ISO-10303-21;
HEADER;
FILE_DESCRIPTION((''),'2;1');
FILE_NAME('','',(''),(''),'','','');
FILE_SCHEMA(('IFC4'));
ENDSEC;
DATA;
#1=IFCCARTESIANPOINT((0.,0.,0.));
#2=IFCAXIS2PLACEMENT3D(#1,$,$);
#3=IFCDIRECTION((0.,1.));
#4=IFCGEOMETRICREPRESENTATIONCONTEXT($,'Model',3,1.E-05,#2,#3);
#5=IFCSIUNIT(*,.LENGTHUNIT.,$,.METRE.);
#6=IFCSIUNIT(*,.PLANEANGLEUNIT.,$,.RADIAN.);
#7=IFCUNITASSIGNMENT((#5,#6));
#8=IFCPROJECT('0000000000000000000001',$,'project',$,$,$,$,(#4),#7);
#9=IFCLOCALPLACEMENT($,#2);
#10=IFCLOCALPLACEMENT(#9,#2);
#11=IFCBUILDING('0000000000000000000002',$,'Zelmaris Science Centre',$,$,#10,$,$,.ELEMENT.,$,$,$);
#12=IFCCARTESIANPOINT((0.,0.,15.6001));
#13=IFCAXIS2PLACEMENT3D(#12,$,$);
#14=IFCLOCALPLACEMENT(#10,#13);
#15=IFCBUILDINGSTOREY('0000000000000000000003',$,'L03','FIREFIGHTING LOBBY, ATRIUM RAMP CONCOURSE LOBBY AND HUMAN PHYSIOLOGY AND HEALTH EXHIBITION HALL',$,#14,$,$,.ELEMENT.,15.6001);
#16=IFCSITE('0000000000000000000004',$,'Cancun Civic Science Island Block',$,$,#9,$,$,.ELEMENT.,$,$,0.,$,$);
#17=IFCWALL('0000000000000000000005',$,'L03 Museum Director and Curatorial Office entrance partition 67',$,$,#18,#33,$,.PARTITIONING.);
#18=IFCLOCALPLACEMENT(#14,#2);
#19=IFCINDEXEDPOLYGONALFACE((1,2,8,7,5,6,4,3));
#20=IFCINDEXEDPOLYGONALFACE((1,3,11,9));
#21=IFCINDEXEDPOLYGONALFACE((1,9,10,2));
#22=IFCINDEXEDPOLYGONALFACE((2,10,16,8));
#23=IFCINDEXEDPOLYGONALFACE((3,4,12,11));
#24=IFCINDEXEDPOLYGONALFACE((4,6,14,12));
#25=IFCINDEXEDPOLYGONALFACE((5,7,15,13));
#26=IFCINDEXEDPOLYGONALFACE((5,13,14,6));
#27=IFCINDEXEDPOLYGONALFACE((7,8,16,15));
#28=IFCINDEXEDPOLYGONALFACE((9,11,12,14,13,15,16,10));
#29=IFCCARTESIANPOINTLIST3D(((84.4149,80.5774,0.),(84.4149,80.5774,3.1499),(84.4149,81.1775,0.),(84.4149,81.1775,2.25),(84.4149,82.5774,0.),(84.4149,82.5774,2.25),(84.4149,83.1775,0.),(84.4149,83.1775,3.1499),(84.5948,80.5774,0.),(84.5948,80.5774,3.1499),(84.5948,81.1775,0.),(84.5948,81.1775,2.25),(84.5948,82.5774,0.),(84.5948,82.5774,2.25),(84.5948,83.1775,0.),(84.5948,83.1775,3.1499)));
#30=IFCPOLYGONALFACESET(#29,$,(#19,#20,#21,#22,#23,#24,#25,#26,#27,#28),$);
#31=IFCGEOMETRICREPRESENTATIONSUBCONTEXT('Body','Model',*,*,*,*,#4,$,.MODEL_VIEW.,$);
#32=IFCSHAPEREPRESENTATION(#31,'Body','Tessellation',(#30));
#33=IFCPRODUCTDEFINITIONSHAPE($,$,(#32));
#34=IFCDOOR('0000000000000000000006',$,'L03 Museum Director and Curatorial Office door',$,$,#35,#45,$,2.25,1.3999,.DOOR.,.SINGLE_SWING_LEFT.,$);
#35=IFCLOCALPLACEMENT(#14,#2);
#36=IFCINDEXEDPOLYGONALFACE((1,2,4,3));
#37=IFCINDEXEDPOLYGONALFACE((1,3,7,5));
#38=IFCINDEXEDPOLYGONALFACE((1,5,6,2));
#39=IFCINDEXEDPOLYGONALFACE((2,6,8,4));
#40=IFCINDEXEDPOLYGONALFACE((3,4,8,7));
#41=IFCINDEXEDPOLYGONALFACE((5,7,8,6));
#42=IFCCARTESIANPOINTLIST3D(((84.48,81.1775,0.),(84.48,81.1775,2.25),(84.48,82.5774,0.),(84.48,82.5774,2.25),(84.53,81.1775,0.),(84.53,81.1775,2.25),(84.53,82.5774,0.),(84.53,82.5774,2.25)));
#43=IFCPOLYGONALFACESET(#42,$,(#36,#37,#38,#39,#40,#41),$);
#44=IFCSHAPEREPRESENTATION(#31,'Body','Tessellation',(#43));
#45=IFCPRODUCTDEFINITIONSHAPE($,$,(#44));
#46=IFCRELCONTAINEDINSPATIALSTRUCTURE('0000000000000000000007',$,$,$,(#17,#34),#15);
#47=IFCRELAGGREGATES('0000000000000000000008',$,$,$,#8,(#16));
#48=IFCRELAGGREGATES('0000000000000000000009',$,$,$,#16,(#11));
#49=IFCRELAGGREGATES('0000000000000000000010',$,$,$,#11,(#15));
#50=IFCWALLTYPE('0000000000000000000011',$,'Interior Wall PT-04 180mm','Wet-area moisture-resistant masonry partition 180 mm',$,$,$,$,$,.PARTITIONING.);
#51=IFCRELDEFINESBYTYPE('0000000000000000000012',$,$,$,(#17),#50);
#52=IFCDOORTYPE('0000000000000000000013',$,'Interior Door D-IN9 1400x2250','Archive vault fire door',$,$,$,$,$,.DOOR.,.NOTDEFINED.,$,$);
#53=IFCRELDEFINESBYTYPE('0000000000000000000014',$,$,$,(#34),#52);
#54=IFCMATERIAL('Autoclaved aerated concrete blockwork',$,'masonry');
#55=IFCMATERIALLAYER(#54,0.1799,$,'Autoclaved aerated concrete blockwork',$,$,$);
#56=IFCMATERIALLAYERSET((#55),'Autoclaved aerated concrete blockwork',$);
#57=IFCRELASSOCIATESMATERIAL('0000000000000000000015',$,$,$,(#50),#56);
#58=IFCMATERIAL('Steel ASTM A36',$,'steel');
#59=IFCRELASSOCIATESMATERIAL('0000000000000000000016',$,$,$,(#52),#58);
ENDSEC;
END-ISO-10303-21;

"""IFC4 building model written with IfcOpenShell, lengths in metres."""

from ifc_helpers import new_model, si_unit, direction, frame, frame_2d, origin, place, context, subcontext, project, spatial, rectangle, extrude, material, layer, layer_set, type_object, element, fill, save


model = new_model("IFC4")

# Units and contexts
model_context = context("Model", 3, precision=1e-05, world=origin(), true_north=direction((0.0, 1.0)))
body_context = subcontext(model_context, "Body", "Model", "MODEL_VIEW")
ifc_project = project(units=[si_unit("LENGTHUNIT", "METRE"), si_unit("PLANEANGLEUNIT", "RADIAN")], contexts=[model_context])

# Site, building, storey
site_placement = place(None, origin())
site = spatial("IfcSite", under=ifc_project, at=site_placement, Name="Cancun Civic Science Island Block", CompositionType="ELEMENT", RefElevation=0.0)
building_placement = place(site_placement, origin())
building = spatial("IfcBuilding", under=site, at=building_placement, Name="Zelmaris Science Centre", CompositionType="ELEMENT")
storey_placement = place(building_placement, frame((0.0, 0.0, 15.6001)))
storey = spatial("IfcBuildingStorey", under=building, at=storey_placement, Name="L03", Description="FIREFIGHTING LOBBY, ATRIUM RAMP CONCOURSE LOBBY AND HUMAN PHYSIOLOGY AND HEALTH EXHIBITION HALL", CompositionType="ELEMENT", Elevation=15.6001)

# Wall, opening, door
ifc_material_1 = material(Name="Autoclaved aerated concrete blockwork", Category="masonry")
ifc_layer_1 = layer(ifc_material_1, 0.1799, Name="Autoclaved aerated concrete blockwork")
ifc_layer_set_1 = layer_set([ifc_layer_1], Name="Autoclaved aerated concrete blockwork")
wall_type = type_object("IfcWallType", Name="Interior Wall PT-04 180mm", Description="Wet-area moisture-resistant masonry partition 180 mm", PredefinedType="PARTITIONING", material=ifc_layer_set_1)
wall_placement = place(storey_placement, frame((84.5049, 80.5774, 0.0), z_axis=(0.0, 0.0, 1.0), x_axis=(0.0, 1.0, 0.0)))
wall = element("IfcWall", 1, at=wall_placement, inside=storey, type_object=wall_type, Name="L03 Museum Director and Curatorial Office entrance partition 67", PredefinedType="PARTITIONING", context=body_context, shape_type="SweptSolid", body=[
    extrude(rectangle(XDim=2.6001, YDim=0.1799, at=frame_2d((1.3, 0.0))), origin(), (0.0, 0.0, 1.0), 3.1499),
])
opening_placement = place(wall_placement, frame((0.6001, 0.0, 0.0)))
opening = element("IfcOpeningElement", 2, at=opening_placement, cuts=wall, PredefinedType="OPENING", context=body_context, shape_type="SweptSolid", body=[
    extrude(rectangle(XDim=1.3999, YDim=2.25, at=frame_2d((0.7, 1.125))), frame((0.0, 0.0999, 0.0), z_axis=(0.0, -1.0, 0.0), x_axis=(1.0, 0.0, 0.0)), (0.0, 0.0, 1.0), 0.2),
])
ifc_material_2 = material(Name="Steel ASTM A36", Category="steel")
door_type = type_object("IfcDoorType", Name="Interior Door D-IN9 1400x2250", Description="Archive vault fire door", OperationType="NOTDEFINED", PredefinedType="DOOR", material=ifc_material_2)
door_placement = place(opening_placement, origin())
door = element("IfcDoor", 3, at=door_placement, inside=storey, type_object=door_type, Name="L03 Museum Director and Curatorial Office door", OperationType="SINGLE_SWING_LEFT", OverallHeight=2.25, OverallWidth=1.3999, PredefinedType="DOOR", context=body_context, shape_type="SweptSolid", body=[
    extrude(rectangle(XDim=1.3999, YDim=2.25, at=frame_2d((0.7, 1.125))), frame((0.0, 0.0249, 0.0), z_axis=(0.0, -1.0, 0.0), x_axis=(1.0, 0.0, 0.0)), (0.0, 0.0, 1.0), 0.05),
])
fill(opening, door)

save(model, "model.ifc")
